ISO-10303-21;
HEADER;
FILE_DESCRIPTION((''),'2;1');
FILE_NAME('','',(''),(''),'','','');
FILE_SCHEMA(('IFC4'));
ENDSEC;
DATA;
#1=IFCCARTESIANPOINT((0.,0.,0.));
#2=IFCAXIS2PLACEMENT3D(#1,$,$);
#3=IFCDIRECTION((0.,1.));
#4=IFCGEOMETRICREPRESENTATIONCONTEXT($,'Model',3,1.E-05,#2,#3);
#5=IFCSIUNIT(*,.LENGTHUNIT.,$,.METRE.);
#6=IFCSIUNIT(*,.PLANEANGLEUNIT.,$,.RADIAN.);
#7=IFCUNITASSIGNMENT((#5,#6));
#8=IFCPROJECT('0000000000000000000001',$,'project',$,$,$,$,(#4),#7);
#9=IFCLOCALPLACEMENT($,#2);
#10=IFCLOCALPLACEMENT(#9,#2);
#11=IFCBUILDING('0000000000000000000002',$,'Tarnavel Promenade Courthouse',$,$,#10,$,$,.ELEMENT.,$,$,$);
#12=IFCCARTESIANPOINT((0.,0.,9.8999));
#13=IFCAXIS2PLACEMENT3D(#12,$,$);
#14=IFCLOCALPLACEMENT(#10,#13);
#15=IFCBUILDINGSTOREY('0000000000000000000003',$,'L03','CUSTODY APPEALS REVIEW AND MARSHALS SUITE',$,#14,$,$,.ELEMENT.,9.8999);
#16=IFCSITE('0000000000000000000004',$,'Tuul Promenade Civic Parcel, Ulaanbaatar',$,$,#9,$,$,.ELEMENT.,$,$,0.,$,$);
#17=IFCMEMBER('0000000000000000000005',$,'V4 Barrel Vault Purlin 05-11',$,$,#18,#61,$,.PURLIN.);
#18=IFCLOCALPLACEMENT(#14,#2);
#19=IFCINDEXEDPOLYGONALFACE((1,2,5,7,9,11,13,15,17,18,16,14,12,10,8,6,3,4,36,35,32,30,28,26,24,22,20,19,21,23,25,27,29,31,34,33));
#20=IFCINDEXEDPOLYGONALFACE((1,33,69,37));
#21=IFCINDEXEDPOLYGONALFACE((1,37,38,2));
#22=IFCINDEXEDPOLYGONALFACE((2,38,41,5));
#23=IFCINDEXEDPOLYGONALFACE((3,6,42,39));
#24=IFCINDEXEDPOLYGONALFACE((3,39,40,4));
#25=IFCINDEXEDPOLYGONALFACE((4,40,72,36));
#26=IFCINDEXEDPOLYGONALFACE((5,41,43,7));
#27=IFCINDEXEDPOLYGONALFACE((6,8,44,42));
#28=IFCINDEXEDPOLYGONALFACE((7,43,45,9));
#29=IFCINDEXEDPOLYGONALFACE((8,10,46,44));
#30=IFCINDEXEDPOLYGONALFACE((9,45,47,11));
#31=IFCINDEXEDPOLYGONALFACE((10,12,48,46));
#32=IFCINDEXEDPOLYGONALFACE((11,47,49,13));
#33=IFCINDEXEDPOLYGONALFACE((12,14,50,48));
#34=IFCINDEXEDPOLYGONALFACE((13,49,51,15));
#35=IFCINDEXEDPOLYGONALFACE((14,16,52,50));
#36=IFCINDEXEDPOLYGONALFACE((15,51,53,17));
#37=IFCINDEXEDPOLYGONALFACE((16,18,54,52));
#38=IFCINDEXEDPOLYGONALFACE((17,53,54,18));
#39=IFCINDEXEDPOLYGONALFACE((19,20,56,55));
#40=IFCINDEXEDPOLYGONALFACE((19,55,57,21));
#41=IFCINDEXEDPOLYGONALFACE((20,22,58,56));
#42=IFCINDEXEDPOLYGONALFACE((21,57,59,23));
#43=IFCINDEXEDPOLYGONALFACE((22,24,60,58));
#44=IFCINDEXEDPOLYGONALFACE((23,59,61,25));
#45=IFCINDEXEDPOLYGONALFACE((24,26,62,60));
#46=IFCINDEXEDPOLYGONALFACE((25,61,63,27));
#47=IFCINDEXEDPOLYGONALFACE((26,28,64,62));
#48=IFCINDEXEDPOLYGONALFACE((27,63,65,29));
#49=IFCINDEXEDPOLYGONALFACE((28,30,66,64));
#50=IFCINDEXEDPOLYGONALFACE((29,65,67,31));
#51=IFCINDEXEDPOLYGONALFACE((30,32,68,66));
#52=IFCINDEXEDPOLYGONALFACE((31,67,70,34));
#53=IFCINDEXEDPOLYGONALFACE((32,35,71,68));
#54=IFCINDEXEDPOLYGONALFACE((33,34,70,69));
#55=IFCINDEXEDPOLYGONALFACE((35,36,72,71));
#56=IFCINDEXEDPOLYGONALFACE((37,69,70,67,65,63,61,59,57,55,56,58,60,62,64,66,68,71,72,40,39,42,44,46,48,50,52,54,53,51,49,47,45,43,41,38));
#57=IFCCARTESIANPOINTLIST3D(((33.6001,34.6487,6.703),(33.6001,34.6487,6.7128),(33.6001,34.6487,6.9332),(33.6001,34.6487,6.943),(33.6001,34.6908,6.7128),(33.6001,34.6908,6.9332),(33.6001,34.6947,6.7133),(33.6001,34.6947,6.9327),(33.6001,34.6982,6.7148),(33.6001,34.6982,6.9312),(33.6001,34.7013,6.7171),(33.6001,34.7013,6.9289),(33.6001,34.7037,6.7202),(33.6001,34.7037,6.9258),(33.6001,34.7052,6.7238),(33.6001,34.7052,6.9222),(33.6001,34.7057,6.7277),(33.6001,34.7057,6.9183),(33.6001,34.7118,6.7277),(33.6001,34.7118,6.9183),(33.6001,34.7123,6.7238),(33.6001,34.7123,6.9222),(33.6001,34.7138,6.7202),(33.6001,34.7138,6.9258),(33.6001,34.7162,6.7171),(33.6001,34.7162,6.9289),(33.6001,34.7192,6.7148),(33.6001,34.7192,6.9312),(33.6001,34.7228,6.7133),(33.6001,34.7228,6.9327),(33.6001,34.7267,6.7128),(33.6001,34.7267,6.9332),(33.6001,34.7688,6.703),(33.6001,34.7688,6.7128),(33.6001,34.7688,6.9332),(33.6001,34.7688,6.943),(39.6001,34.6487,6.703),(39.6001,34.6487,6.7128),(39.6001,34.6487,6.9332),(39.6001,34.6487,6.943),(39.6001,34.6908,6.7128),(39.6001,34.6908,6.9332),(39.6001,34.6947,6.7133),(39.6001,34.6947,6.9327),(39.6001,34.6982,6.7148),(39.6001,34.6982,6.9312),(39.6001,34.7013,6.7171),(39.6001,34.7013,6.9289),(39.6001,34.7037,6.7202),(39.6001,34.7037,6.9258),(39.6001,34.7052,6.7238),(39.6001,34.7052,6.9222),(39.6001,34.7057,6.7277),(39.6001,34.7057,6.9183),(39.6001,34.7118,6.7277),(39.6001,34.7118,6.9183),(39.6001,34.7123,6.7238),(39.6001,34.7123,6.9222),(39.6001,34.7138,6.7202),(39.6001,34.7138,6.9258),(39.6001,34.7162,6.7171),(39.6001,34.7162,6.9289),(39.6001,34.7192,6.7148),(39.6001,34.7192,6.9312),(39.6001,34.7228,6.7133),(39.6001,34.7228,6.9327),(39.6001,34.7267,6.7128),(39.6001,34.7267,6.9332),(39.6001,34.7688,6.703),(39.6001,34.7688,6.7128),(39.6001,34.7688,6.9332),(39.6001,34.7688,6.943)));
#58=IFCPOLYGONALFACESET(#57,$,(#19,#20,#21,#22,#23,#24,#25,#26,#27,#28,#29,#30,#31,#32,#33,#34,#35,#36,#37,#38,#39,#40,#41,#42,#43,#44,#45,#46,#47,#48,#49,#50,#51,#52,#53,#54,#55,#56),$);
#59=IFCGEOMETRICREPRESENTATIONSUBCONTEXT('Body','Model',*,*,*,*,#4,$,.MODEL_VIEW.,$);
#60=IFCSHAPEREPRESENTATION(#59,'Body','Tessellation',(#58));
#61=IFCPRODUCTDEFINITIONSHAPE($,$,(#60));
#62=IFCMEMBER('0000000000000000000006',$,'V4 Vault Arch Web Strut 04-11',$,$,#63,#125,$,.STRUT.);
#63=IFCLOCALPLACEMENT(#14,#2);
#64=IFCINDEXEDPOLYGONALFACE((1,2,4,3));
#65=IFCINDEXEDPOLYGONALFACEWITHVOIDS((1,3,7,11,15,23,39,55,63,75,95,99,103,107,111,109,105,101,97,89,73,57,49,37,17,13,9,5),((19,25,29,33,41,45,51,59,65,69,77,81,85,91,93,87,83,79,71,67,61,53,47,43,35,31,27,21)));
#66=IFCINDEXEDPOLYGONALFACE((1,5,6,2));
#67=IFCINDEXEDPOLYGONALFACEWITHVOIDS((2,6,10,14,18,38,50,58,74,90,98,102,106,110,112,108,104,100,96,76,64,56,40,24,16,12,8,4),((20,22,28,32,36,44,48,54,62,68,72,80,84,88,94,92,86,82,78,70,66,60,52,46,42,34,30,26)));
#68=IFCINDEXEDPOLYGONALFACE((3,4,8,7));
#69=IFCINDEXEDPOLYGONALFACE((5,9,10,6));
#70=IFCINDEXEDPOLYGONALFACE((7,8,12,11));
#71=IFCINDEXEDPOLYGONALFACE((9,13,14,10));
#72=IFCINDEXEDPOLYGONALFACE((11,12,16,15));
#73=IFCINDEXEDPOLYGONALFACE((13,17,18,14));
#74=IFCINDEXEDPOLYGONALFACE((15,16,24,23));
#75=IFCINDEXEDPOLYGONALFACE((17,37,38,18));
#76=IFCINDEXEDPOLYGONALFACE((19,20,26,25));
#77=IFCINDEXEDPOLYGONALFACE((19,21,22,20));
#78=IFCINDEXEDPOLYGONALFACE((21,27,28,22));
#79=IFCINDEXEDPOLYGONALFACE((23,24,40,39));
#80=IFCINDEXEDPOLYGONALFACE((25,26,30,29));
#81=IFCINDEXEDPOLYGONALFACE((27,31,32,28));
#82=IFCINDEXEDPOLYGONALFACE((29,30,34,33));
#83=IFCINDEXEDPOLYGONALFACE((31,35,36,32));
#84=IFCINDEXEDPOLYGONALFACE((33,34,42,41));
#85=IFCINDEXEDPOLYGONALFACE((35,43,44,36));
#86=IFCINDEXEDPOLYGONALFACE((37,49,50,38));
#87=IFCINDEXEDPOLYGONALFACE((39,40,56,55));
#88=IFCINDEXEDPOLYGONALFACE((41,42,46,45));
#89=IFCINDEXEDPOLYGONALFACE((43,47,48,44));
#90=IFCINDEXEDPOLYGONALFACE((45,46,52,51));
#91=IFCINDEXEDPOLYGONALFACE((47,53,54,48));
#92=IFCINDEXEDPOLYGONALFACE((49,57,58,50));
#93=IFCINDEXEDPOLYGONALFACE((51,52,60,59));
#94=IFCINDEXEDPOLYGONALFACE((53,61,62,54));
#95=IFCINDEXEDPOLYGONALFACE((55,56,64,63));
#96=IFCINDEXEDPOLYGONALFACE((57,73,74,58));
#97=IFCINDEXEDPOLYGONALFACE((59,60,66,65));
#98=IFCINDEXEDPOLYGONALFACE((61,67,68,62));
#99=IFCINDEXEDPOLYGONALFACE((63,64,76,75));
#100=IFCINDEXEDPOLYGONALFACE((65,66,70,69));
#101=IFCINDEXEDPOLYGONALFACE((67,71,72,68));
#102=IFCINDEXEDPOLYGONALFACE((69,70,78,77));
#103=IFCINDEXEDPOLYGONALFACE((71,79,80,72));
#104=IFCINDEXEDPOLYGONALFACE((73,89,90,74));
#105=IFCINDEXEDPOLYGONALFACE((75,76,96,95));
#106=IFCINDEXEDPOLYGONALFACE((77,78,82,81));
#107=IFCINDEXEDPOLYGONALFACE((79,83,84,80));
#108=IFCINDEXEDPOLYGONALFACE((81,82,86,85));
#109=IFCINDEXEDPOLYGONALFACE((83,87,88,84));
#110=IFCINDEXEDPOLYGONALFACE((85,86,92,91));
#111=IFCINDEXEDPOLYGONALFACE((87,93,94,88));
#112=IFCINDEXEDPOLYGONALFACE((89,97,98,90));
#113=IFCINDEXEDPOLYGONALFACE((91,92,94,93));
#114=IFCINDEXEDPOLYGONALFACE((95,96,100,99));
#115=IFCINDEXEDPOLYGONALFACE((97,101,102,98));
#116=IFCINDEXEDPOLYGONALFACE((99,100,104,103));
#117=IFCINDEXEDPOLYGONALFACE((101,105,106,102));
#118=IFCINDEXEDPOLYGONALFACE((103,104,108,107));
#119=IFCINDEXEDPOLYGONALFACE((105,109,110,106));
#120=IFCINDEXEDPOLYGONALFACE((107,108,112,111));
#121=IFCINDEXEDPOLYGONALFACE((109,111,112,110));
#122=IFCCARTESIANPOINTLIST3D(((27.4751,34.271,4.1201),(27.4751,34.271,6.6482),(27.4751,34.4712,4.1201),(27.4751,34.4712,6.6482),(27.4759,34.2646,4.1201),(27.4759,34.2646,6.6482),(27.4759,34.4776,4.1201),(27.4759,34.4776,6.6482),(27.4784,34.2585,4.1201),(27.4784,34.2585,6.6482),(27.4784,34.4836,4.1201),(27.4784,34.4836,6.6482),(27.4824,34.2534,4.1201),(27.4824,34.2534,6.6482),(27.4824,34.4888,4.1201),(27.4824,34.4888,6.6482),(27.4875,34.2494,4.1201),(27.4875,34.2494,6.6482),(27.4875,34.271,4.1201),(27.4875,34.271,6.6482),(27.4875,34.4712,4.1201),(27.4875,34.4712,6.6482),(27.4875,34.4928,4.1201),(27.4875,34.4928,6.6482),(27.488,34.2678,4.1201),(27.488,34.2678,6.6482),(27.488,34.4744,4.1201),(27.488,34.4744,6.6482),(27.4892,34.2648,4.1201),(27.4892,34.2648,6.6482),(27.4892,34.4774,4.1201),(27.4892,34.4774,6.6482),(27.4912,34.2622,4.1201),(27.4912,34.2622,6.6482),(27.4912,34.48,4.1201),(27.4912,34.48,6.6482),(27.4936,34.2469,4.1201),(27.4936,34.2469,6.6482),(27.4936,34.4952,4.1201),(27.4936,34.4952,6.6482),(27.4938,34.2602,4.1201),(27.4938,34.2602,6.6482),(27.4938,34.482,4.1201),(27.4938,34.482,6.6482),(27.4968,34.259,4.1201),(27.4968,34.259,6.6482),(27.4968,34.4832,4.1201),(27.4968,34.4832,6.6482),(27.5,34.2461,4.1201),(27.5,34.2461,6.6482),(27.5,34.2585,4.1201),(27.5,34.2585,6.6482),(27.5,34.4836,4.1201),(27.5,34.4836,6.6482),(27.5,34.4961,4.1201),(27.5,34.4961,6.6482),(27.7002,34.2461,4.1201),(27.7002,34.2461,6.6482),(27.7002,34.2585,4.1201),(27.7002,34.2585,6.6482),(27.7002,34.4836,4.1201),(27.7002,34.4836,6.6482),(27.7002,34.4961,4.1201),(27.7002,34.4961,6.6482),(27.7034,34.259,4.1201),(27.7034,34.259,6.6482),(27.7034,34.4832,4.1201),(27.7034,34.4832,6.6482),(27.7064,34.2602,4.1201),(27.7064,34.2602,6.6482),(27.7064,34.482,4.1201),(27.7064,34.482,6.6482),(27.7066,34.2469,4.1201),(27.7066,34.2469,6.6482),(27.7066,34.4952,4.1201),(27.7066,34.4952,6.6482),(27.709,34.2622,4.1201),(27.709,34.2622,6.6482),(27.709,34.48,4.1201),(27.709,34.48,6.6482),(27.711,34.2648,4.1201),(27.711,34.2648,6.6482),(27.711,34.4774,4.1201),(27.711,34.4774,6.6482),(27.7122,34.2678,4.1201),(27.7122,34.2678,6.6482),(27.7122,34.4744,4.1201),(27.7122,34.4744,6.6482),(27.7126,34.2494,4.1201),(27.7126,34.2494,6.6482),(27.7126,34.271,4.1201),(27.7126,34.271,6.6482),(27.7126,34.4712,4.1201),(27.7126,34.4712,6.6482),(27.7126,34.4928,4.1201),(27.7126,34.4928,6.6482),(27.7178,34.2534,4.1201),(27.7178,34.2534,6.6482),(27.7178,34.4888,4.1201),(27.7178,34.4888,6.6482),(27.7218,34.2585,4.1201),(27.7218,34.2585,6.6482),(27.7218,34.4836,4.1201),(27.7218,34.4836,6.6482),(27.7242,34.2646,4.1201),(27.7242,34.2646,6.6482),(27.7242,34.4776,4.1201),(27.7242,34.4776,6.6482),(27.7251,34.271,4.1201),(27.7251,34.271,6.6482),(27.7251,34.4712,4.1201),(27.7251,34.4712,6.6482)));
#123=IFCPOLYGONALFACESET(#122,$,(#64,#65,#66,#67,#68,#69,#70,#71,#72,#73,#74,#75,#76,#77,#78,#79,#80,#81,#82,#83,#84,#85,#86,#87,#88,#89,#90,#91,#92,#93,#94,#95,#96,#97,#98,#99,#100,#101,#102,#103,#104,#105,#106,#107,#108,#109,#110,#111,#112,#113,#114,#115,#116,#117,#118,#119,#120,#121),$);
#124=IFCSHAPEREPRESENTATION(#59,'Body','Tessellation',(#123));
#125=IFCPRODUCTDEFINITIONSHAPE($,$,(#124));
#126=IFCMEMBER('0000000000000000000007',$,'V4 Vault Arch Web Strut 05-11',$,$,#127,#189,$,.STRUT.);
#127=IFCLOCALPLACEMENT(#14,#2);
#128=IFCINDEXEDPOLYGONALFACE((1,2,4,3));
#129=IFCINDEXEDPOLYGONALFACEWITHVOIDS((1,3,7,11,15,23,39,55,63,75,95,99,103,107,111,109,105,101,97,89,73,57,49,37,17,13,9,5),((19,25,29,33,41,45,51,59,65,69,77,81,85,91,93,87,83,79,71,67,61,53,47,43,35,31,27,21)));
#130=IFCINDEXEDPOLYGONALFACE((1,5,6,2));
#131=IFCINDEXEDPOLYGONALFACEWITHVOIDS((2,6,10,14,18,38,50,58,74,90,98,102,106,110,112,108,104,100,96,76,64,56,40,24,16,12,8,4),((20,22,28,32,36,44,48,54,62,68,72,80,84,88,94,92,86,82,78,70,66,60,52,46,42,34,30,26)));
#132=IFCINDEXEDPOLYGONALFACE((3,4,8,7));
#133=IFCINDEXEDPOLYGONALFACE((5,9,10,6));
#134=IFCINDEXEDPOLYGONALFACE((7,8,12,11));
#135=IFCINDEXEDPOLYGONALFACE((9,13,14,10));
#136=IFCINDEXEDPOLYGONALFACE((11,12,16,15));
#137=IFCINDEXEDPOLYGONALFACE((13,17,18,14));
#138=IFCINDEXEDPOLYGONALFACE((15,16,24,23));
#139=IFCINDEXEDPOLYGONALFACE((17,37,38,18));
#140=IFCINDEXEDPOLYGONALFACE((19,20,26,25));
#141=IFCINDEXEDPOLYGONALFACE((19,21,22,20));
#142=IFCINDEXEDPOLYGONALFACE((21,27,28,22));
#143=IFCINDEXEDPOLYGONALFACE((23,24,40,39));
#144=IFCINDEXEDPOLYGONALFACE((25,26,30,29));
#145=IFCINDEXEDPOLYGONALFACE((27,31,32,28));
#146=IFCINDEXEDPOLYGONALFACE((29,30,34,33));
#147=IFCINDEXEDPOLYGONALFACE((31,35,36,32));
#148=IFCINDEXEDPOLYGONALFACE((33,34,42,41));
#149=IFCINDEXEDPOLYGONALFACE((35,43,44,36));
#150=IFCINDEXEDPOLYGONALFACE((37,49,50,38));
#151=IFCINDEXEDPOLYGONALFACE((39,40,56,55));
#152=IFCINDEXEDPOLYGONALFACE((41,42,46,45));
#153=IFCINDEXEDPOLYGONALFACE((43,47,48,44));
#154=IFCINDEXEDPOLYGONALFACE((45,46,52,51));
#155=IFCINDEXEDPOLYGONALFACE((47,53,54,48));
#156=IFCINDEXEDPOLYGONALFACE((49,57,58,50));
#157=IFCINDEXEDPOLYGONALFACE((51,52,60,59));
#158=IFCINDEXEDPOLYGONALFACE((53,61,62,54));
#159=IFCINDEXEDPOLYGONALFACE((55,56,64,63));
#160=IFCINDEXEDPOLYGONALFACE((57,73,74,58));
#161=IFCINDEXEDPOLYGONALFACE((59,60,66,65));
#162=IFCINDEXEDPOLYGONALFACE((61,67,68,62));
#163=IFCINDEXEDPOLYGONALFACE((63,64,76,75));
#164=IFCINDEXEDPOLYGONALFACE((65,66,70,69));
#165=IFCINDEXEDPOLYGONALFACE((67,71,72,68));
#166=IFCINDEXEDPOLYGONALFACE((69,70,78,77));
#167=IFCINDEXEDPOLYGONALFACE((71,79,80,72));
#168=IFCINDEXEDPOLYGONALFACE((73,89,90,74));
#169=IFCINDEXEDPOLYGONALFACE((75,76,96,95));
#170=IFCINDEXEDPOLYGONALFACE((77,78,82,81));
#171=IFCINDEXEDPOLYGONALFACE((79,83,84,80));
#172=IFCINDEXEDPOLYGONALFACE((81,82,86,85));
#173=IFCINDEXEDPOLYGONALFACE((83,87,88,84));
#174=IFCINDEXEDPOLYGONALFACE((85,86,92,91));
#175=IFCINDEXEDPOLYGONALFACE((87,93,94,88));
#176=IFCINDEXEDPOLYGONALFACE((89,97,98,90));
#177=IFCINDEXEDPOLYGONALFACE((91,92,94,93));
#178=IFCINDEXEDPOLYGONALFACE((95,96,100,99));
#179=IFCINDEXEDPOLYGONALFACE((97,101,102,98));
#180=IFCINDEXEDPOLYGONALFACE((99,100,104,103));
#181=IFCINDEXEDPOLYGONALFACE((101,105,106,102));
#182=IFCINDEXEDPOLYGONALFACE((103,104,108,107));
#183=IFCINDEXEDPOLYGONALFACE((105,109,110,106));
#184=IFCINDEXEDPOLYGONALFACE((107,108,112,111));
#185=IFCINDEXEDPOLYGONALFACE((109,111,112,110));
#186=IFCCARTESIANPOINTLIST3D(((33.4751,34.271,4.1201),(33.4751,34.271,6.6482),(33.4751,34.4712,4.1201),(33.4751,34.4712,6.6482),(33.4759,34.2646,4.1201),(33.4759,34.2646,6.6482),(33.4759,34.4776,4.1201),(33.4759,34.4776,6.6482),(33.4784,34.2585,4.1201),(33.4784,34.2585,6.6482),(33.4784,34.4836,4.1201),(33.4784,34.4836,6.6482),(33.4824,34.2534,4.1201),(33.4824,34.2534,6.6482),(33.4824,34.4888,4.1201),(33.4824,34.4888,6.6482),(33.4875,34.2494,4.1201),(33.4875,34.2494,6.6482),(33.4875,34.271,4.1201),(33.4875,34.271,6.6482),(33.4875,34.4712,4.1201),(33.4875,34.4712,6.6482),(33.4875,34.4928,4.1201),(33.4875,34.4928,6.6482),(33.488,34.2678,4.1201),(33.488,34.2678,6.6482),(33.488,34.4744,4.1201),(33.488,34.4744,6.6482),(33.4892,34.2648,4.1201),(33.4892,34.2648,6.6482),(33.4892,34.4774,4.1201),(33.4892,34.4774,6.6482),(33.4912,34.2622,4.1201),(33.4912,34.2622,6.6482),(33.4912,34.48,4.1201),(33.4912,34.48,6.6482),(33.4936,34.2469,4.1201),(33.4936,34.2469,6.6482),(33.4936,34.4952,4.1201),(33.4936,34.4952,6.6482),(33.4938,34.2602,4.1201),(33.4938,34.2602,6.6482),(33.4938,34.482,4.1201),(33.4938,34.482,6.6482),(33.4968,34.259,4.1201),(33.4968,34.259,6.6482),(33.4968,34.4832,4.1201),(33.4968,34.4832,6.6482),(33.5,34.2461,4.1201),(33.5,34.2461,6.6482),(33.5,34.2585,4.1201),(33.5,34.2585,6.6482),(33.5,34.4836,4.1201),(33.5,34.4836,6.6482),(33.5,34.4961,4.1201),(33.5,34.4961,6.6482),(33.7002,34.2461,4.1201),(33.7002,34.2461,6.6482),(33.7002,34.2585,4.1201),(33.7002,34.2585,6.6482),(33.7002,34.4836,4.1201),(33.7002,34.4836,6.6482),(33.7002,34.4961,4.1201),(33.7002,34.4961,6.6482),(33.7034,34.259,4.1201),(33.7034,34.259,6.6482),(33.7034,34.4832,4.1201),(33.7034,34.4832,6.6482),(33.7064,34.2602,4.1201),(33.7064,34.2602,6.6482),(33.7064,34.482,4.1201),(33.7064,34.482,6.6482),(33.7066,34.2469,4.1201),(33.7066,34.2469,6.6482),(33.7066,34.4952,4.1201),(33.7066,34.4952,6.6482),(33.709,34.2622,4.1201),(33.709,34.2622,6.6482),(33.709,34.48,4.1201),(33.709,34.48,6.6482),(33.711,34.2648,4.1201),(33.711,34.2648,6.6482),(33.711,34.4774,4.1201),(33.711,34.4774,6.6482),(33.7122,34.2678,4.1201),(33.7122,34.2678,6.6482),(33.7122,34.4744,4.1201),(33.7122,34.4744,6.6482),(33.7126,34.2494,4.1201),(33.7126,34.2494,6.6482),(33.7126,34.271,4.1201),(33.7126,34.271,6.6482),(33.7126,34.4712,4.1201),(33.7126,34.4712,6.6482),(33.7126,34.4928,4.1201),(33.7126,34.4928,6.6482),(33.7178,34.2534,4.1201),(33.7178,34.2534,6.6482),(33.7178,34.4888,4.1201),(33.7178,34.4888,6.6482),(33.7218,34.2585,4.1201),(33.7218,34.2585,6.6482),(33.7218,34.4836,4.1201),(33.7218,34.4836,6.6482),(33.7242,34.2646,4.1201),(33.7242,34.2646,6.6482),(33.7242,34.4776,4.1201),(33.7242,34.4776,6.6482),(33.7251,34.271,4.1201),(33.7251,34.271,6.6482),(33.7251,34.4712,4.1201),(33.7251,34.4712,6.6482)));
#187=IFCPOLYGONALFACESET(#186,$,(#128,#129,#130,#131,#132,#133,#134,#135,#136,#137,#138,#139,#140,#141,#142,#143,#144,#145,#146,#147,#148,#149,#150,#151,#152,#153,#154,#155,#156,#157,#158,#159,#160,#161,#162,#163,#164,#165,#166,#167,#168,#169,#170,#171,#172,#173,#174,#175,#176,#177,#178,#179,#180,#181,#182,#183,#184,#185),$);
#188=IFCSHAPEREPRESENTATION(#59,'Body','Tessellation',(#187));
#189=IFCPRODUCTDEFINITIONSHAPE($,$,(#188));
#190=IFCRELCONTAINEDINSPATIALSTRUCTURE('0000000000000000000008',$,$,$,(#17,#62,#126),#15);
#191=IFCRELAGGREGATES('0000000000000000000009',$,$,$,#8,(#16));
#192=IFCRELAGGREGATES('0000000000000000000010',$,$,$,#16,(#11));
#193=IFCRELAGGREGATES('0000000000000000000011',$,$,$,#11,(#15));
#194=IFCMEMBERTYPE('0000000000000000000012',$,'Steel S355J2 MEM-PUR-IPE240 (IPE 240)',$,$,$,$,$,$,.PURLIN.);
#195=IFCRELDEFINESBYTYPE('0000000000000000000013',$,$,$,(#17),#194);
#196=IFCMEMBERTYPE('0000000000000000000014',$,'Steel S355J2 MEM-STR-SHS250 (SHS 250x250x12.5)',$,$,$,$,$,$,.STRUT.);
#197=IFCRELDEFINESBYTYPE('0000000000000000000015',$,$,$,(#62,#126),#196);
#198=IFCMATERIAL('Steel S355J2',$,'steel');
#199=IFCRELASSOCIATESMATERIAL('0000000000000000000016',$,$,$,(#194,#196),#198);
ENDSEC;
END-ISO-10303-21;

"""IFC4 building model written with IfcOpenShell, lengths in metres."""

from ifc_helpers import new_model, si_unit, direction, frame, origin, origin_2d, place, context, subcontext, project, spatial, hollow_rectangle, i_section, extrude, material, material_profile, profile_set, type_object, element, save


model = new_model("IFC4")

# Units and contexts
model_context = context("Model", 3, precision=1e-05, world=origin(), true_north=direction((0.0, 1.0)))
body_context = subcontext(model_context, "Body", "Model", "MODEL_VIEW")
ifc_project = project(units=[si_unit("LENGTHUNIT", "METRE"), si_unit("PLANEANGLEUNIT", "RADIAN")], contexts=[model_context])

# Site, building, storey
site_placement = place(None, origin())
site = spatial("IfcSite", under=ifc_project, at=site_placement, Name="Tuul Promenade Civic Parcel, Ulaanbaatar", CompositionType="ELEMENT", RefElevation=0.0)
building_placement = place(site_placement, origin())
building = spatial("IfcBuilding", under=site, at=building_placement, Name="Tarnavel Promenade Courthouse", CompositionType="ELEMENT")
storey_placement = place(building_placement, frame((0.0, 0.0, 9.8999)))
storey = spatial("IfcBuildingStorey", under=building, at=storey_placement, Name="L03", Description="CUSTODY APPEALS REVIEW AND MARSHALS SUITE", CompositionType="ELEMENT", Elevation=9.8999)

# Shared definitions
ifc_material_1 = material(Name="Steel S355J2", Category="steel")

# Members
ifc_material_profile_1 = material_profile(ifc_material_1, i_section(OverallWidth=0.1201, OverallDepth=0.24, WebThickness=0.0061, FlangeThickness=0.0098, FilletRadius=0.0149, at=origin_2d()), Name="IPE 240")
ifc_profile_set_1 = profile_set([ifc_material_profile_1], Name="Steel S355J2")
member_type_1 = type_object("IfcMemberType", Name="Steel S355J2 MEM-PUR-IPE240 (IPE 240)", PredefinedType="PURLIN", material=ifc_profile_set_1)
for number, where, z_axis, x_axis, name in (
    (1, (33.6001, 34.7087, 6.823), (1.0, 0.0, 0.0), (0.0, 1.0, 0.0), "V4 Barrel Vault Purlin 05-11"),
):
    element("IfcMember", number, at=place(storey_placement, frame(where, z_axis=z_axis, x_axis=x_axis)), inside=storey, type_object=member_type_1, Name=name, PredefinedType="PURLIN", context=body_context, shape_type="SweptSolid", body=[
        extrude(i_section(OverallWidth=0.1201, OverallDepth=0.24, WebThickness=0.0061, FlangeThickness=0.0098, FilletRadius=0.0149, at=origin_2d()), origin(), (0.0, 0.0, 1.0), 6.0),
    ])
ifc_material_profile_2 = material_profile(ifc_material_1, hollow_rectangle(XDim=0.25, YDim=0.25, WallThickness=0.0125, InnerFilletRadius=0.0125, OuterFilletRadius=0.0249, at=origin_2d()), Name="SHS 250x250x12.5")
ifc_profile_set_2 = profile_set([ifc_material_profile_2], Name="Steel S355J2")
member_type_2 = type_object("IfcMemberType", Name="Steel S355J2 MEM-STR-SHS250 (SHS 250x250x12.5)", PredefinedType="STRUT", material=ifc_profile_set_2)
for number, where, z_axis, x_axis, name in (
    (2, (27.6001, 34.3711, 4.1201), (0.0, 0.0, 1.0), (1.0, 0.0, 0.0), "V4 Vault Arch Web Strut 04-11"),
    (3, (33.6001, 34.3711, 4.1201), (0.0, 0.0, 1.0), (1.0, 0.0, 0.0), "V4 Vault Arch Web Strut 05-11"),
):
    element("IfcMember", number, at=place(storey_placement, frame(where, z_axis=z_axis, x_axis=x_axis)), inside=storey, type_object=member_type_2, Name=name, PredefinedType="STRUT", context=body_context, shape_type="SweptSolid", body=[
        extrude(hollow_rectangle(XDim=0.25, YDim=0.25, WallThickness=0.0125, InnerFilletRadius=0.0125, OuterFilletRadius=0.0249, at=origin_2d()), origin(), (0.0, 0.0, 1.0), 2.5281),
    ])

save(model, "model.ifc")
